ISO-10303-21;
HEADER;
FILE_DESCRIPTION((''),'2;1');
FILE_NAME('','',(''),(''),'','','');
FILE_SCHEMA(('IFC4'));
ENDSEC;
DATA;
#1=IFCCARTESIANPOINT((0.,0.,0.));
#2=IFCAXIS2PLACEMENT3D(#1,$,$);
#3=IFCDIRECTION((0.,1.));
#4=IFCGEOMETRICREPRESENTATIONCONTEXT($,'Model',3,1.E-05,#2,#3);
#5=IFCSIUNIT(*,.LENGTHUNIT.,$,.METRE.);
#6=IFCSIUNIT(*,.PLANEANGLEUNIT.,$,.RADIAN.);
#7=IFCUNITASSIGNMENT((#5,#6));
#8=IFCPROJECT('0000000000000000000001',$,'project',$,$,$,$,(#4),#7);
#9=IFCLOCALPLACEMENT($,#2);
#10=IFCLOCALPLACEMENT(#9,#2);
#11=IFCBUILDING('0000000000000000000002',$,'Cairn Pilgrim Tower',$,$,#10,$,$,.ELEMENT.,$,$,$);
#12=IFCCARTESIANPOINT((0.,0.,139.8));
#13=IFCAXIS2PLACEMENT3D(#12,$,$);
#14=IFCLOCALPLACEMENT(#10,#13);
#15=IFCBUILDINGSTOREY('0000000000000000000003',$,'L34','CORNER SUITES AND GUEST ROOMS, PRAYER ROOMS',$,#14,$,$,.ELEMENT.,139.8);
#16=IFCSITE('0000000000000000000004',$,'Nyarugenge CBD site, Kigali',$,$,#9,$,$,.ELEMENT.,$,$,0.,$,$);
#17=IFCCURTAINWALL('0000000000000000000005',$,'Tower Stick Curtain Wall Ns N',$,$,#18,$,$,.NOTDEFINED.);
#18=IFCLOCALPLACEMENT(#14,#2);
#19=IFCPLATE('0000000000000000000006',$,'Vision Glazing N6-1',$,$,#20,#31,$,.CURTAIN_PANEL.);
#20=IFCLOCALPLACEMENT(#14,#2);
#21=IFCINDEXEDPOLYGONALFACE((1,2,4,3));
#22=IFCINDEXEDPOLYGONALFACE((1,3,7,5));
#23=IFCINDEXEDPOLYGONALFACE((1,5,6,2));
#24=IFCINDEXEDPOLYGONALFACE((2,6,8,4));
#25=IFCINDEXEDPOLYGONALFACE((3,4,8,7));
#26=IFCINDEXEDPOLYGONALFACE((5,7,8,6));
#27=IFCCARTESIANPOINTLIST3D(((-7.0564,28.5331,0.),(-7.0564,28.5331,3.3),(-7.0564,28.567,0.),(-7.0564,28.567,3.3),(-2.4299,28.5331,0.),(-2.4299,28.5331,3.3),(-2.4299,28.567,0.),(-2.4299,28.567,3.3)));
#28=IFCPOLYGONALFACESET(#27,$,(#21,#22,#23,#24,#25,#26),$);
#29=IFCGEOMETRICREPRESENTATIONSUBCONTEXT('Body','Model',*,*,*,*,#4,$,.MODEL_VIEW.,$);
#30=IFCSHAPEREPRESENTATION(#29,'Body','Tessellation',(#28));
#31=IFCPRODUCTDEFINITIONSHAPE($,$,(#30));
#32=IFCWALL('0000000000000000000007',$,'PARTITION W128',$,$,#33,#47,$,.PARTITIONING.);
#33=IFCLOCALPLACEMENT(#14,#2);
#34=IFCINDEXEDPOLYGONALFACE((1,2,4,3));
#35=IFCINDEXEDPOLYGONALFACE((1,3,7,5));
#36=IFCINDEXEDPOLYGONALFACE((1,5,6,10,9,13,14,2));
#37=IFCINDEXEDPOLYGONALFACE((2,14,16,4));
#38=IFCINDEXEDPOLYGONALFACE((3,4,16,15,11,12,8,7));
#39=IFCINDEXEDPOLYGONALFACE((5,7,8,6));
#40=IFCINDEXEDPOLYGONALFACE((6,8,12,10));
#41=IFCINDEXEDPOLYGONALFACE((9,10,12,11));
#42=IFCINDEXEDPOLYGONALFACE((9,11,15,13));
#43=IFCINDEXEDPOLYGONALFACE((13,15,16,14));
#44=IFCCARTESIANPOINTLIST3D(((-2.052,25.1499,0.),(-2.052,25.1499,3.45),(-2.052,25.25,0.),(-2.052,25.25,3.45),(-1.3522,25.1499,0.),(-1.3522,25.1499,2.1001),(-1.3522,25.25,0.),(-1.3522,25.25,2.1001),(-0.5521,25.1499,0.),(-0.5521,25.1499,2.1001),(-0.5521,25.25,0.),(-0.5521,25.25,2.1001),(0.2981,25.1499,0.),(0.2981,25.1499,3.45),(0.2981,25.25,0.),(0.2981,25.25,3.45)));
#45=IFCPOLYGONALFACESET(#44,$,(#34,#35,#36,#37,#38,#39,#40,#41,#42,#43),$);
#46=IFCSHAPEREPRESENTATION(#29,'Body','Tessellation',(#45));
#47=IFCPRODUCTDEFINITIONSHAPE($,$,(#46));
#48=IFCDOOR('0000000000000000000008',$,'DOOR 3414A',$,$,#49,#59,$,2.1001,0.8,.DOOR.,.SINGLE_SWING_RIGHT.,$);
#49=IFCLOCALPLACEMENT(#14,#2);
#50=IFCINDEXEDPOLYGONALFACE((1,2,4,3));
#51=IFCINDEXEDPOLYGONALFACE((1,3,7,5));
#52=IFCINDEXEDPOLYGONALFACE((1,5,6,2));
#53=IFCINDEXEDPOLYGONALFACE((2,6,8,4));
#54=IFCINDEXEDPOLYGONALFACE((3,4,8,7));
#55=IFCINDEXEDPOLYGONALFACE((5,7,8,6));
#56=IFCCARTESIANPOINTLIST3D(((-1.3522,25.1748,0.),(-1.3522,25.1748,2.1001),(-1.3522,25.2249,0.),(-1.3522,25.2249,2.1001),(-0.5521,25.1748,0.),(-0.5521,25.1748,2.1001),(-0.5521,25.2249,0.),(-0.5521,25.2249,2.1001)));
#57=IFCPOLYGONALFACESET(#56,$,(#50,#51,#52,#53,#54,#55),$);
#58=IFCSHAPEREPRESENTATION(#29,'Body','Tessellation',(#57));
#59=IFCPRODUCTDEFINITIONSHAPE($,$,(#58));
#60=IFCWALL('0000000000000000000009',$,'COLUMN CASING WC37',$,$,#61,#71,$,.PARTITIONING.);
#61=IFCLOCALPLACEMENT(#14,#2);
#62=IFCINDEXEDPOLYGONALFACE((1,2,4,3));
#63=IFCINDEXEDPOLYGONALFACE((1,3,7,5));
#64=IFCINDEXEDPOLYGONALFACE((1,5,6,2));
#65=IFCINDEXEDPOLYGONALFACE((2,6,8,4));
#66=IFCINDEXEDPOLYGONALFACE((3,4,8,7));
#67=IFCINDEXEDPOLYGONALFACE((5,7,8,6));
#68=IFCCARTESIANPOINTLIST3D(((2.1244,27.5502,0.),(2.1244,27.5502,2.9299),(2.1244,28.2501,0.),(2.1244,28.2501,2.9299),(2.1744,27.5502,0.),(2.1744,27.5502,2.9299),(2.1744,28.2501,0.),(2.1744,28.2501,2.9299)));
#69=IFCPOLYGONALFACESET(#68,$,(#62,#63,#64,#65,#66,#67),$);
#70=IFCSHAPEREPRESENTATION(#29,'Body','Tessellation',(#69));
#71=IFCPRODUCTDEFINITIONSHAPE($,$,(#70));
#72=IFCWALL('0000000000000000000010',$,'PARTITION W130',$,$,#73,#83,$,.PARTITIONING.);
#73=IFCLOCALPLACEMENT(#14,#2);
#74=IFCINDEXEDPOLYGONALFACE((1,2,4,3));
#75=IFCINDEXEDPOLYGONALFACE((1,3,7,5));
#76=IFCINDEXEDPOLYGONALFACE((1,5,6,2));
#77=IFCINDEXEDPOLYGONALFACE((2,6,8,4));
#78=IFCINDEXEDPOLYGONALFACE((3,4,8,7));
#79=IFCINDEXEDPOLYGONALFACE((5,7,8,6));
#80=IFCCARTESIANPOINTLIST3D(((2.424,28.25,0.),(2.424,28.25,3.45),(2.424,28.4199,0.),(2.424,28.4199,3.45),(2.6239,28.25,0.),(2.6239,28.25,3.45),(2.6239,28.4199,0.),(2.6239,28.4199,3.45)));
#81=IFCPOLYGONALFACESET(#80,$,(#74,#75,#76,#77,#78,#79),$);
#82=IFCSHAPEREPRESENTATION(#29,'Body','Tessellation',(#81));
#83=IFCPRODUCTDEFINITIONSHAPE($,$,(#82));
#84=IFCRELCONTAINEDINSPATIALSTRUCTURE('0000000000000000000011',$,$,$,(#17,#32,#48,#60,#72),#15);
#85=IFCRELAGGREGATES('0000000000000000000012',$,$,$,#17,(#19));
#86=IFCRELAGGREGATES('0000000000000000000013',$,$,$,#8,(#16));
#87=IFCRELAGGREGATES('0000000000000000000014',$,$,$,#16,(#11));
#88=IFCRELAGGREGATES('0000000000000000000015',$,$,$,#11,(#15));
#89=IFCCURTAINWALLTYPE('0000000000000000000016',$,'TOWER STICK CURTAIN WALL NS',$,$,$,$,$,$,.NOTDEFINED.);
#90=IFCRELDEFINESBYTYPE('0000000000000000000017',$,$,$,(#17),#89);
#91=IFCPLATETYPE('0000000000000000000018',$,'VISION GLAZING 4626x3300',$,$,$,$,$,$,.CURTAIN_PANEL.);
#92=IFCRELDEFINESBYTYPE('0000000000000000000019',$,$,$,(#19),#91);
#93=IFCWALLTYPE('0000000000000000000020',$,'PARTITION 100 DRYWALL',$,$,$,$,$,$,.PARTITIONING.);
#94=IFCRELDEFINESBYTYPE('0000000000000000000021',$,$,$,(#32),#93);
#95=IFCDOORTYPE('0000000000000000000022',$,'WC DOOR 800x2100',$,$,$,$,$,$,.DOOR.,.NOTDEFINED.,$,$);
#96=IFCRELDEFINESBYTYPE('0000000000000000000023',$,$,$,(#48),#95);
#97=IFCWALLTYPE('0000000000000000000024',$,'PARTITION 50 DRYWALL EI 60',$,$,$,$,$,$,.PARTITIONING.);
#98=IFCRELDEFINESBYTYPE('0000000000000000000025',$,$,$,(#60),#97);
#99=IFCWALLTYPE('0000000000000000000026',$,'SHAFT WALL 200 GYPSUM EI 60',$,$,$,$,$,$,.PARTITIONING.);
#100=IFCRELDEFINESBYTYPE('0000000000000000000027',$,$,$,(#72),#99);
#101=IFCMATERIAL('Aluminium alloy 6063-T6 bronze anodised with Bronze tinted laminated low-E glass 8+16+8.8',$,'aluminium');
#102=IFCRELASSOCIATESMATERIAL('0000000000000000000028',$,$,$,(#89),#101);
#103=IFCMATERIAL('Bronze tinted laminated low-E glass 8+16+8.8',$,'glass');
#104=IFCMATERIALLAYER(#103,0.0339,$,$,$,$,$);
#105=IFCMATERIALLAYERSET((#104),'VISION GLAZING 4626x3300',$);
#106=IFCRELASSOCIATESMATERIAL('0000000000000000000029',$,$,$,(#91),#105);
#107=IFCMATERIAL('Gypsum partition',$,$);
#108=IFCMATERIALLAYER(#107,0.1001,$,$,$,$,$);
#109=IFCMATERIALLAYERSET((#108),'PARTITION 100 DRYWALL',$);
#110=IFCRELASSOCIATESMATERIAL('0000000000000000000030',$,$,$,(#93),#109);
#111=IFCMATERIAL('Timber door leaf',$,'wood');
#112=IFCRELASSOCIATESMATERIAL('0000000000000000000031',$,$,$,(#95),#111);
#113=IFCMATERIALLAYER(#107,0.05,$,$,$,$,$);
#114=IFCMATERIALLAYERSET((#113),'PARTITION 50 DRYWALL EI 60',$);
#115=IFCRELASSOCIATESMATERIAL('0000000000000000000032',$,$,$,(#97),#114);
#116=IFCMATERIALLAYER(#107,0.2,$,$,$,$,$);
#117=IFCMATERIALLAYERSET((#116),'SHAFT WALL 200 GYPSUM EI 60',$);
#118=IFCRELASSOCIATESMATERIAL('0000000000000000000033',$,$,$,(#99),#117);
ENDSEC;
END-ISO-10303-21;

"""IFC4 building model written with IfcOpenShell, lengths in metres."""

from ifc_helpers import new_model, si_unit, direction, frame, frame_2d, origin, origin_2d, place, context, subcontext, project, spatial, rectangle, extrude, material, layer, layer_set, type_object, element, fill, aggregate, save


model = new_model("IFC4")

# Units and contexts
model_context = context("Model", 3, precision=1e-05, world=origin(), true_north=direction((0.0, 1.0)))
body_context = subcontext(model_context, "Body", "Model", "MODEL_VIEW")
ifc_project = project(units=[si_unit("LENGTHUNIT", "METRE"), si_unit("PLANEANGLEUNIT", "RADIAN")], contexts=[model_context])

# Site, building, storey
site_placement = place(None, origin())
site = spatial("IfcSite", under=ifc_project, at=site_placement, Name="Nyarugenge CBD site, Kigali", CompositionType="ELEMENT", RefElevation=0.0)
building_placement = place(site_placement, origin())
building = spatial("IfcBuilding", under=site, at=building_placement, Name="Cairn Pilgrim Tower", CompositionType="ELEMENT")
storey_placement = place(building_placement, frame((0.0, 0.0, 139.8)))
storey = spatial("IfcBuildingStorey", under=building, at=storey_placement, Name="L34", Description="CORNER SUITES AND GUEST ROOMS, PRAYER ROOMS", CompositionType="ELEMENT", Elevation=139.8)

# Curtain wall
ifc_material_1 = material(Name="Aluminium alloy 6063-T6 bronze anodised with Bronze tinted laminated low-E glass 8+16+8.8", Category="aluminium")
curtain_wall_type_1 = type_object("IfcCurtainWallType", Name="TOWER STICK CURTAIN WALL NS", PredefinedType="NOTDEFINED", material=ifc_material_1)
curtain_wall_1_placement = place(storey_placement, origin())
curtain_wall_1 = element("IfcCurtainWall", 1, at=curtain_wall_1_placement, inside=storey, type_object=curtain_wall_type_1, Name="Tower Stick Curtain Wall Ns N", PredefinedType="NOTDEFINED")

# Plate
ifc_material_2 = material(Name="Bronze tinted laminated low-E glass 8+16+8.8", Category="glass")
ifc_layer_1 = layer(ifc_material_2, 0.0339)
ifc_layer_set_1 = layer_set([ifc_layer_1], Name="VISION GLAZING 4626x3300")
plate_type = type_object("IfcPlateType", Name="VISION GLAZING 4626x3300", PredefinedType="CURTAIN_PANEL", material=ifc_layer_set_1)
plate_placement = place(storey_placement, frame((-4.7432, 28.55, 0.0), z_axis=(0.0, 0.0, 1.0), x_axis=(-1.0, 0.0, 0.0)))
plate = element("IfcPlate", 2, at=plate_placement, type_object=plate_type, Name="Vision Glazing N6-1", PredefinedType="CURTAIN_PANEL", context=body_context, shape_type="SweptSolid", body=[
    extrude(rectangle(XDim=4.6265, YDim=0.0339, at=origin_2d()), origin(), (0.0, 0.0, 1.0), 3.3),
])
aggregate(curtain_wall_1, [plate])

# Wall, opening, door
ifc_material_3 = material(Name="Gypsum partition")
ifc_layer_2 = layer(ifc_material_3, 0.1001)
ifc_layer_set_2 = layer_set([ifc_layer_2], Name="PARTITION 100 DRYWALL")
wall_type_1 = type_object("IfcWallType", Name="PARTITION 100 DRYWALL", PredefinedType="PARTITIONING", material=ifc_layer_set_2)
wall_1_placement = place(storey_placement, frame((-2.052, 25.2, 0.0), z_axis=(0.0, 0.0, 1.0), x_axis=(1.0, 0.0, 0.0)))
wall_1 = element("IfcWall", 3, at=wall_1_placement, inside=storey, type_object=wall_type_1, Name="PARTITION W128", PredefinedType="PARTITIONING", context=body_context, shape_type="SweptSolid", body=[
    extrude(rectangle(XDim=2.3501, YDim=0.1001, at=frame_2d((1.175, 0.0))), origin(), (0.0, 0.0, 1.0), 3.45),
])
opening_1_placement = place(wall_1_placement, frame((0.7, 0.0, 0.0)))
opening_1 = element("IfcOpeningElement", 4, at=opening_1_placement, cuts=wall_1, PredefinedType="OPENING", context=body_context, shape_type="SweptSolid", body=[
    extrude(rectangle(XDim=0.8, YDim=2.1001, at=frame_2d((0.3999, 1.05))), frame((0.0, 0.0601, 0.0), z_axis=(0.0, -1.0, 0.0), x_axis=(1.0, 0.0, 0.0)), (0.0, 0.0, 1.0), 0.1201),
])
ifc_material_4 = material(Name="Timber door leaf", Category="wood")
door_type_1 = type_object("IfcDoorType", Name="WC DOOR 800x2100", OperationType="NOTDEFINED", PredefinedType="DOOR", material=ifc_material_4)
door_1_placement = place(opening_1_placement, origin())
door_1 = element("IfcDoor", 5, at=door_1_placement, inside=storey, type_object=door_type_1, Name="DOOR 3414A", OperationType="SINGLE_SWING_RIGHT", OverallHeight=2.1001, OverallWidth=0.8, PredefinedType="DOOR", context=body_context, shape_type="SweptSolid", body=[
    extrude(rectangle(XDim=0.8, YDim=2.1001, at=frame_2d((0.3999, 1.05))), frame((0.0, 0.0249, 0.0), z_axis=(0.0, -1.0, 0.0), x_axis=(1.0, 0.0, 0.0)), (0.0, 0.0, 1.0), 0.05),
])
fill(opening_1, door_1)

# Walls
ifc_layer_3 = layer(ifc_material_3, 0.05)
ifc_layer_set_3 = layer_set([ifc_layer_3], Name="PARTITION 50 DRYWALL EI 60")
wall_type_2 = type_object("IfcWallType", Name="PARTITION 50 DRYWALL EI 60", PredefinedType="PARTITIONING", material=ifc_layer_set_3)
wall_2_placement = place(storey_placement, frame((2.1494, 27.55, 0.0), z_axis=(0.0, 0.0, 1.0), x_axis=(0.0, 1.0, 0.0)))
element("IfcWall", 6, at=wall_2_placement, inside=storey, type_object=wall_type_2, Name="COLUMN CASING WC37", PredefinedType="PARTITIONING", context=body_context, shape_type="SweptSolid", body=[
    extrude(rectangle(XDim=0.7, YDim=0.05, at=frame_2d((0.3501, 0.0))), origin(), (0.0, 0.0, 1.0), 2.9299),
])
ifc_layer_4 = layer(ifc_material_3, 0.2)
ifc_layer_set_4 = layer_set([ifc_layer_4], Name="SHAFT WALL 200 GYPSUM EI 60")
wall_type_3 = type_object("IfcWallType", Name="SHAFT WALL 200 GYPSUM EI 60", PredefinedType="PARTITIONING", material=ifc_layer_set_4)
wall_3_placement = place(storey_placement, frame((2.5239, 28.25, 0.0), z_axis=(0.0, 0.0, 1.0), x_axis=(0.0, 1.0, 0.0)))
element("IfcWall", 7, at=wall_3_placement, inside=storey, type_object=wall_type_3, Name="PARTITION W130", PredefinedType="PARTITIONING", context=body_context, shape_type="SweptSolid", body=[
    extrude(rectangle(XDim=0.1699, YDim=0.2, at=frame_2d((0.085, 0.0))), origin(), (0.0, 0.0, 1.0), 3.45),
])

save(model, "model.ifc")
